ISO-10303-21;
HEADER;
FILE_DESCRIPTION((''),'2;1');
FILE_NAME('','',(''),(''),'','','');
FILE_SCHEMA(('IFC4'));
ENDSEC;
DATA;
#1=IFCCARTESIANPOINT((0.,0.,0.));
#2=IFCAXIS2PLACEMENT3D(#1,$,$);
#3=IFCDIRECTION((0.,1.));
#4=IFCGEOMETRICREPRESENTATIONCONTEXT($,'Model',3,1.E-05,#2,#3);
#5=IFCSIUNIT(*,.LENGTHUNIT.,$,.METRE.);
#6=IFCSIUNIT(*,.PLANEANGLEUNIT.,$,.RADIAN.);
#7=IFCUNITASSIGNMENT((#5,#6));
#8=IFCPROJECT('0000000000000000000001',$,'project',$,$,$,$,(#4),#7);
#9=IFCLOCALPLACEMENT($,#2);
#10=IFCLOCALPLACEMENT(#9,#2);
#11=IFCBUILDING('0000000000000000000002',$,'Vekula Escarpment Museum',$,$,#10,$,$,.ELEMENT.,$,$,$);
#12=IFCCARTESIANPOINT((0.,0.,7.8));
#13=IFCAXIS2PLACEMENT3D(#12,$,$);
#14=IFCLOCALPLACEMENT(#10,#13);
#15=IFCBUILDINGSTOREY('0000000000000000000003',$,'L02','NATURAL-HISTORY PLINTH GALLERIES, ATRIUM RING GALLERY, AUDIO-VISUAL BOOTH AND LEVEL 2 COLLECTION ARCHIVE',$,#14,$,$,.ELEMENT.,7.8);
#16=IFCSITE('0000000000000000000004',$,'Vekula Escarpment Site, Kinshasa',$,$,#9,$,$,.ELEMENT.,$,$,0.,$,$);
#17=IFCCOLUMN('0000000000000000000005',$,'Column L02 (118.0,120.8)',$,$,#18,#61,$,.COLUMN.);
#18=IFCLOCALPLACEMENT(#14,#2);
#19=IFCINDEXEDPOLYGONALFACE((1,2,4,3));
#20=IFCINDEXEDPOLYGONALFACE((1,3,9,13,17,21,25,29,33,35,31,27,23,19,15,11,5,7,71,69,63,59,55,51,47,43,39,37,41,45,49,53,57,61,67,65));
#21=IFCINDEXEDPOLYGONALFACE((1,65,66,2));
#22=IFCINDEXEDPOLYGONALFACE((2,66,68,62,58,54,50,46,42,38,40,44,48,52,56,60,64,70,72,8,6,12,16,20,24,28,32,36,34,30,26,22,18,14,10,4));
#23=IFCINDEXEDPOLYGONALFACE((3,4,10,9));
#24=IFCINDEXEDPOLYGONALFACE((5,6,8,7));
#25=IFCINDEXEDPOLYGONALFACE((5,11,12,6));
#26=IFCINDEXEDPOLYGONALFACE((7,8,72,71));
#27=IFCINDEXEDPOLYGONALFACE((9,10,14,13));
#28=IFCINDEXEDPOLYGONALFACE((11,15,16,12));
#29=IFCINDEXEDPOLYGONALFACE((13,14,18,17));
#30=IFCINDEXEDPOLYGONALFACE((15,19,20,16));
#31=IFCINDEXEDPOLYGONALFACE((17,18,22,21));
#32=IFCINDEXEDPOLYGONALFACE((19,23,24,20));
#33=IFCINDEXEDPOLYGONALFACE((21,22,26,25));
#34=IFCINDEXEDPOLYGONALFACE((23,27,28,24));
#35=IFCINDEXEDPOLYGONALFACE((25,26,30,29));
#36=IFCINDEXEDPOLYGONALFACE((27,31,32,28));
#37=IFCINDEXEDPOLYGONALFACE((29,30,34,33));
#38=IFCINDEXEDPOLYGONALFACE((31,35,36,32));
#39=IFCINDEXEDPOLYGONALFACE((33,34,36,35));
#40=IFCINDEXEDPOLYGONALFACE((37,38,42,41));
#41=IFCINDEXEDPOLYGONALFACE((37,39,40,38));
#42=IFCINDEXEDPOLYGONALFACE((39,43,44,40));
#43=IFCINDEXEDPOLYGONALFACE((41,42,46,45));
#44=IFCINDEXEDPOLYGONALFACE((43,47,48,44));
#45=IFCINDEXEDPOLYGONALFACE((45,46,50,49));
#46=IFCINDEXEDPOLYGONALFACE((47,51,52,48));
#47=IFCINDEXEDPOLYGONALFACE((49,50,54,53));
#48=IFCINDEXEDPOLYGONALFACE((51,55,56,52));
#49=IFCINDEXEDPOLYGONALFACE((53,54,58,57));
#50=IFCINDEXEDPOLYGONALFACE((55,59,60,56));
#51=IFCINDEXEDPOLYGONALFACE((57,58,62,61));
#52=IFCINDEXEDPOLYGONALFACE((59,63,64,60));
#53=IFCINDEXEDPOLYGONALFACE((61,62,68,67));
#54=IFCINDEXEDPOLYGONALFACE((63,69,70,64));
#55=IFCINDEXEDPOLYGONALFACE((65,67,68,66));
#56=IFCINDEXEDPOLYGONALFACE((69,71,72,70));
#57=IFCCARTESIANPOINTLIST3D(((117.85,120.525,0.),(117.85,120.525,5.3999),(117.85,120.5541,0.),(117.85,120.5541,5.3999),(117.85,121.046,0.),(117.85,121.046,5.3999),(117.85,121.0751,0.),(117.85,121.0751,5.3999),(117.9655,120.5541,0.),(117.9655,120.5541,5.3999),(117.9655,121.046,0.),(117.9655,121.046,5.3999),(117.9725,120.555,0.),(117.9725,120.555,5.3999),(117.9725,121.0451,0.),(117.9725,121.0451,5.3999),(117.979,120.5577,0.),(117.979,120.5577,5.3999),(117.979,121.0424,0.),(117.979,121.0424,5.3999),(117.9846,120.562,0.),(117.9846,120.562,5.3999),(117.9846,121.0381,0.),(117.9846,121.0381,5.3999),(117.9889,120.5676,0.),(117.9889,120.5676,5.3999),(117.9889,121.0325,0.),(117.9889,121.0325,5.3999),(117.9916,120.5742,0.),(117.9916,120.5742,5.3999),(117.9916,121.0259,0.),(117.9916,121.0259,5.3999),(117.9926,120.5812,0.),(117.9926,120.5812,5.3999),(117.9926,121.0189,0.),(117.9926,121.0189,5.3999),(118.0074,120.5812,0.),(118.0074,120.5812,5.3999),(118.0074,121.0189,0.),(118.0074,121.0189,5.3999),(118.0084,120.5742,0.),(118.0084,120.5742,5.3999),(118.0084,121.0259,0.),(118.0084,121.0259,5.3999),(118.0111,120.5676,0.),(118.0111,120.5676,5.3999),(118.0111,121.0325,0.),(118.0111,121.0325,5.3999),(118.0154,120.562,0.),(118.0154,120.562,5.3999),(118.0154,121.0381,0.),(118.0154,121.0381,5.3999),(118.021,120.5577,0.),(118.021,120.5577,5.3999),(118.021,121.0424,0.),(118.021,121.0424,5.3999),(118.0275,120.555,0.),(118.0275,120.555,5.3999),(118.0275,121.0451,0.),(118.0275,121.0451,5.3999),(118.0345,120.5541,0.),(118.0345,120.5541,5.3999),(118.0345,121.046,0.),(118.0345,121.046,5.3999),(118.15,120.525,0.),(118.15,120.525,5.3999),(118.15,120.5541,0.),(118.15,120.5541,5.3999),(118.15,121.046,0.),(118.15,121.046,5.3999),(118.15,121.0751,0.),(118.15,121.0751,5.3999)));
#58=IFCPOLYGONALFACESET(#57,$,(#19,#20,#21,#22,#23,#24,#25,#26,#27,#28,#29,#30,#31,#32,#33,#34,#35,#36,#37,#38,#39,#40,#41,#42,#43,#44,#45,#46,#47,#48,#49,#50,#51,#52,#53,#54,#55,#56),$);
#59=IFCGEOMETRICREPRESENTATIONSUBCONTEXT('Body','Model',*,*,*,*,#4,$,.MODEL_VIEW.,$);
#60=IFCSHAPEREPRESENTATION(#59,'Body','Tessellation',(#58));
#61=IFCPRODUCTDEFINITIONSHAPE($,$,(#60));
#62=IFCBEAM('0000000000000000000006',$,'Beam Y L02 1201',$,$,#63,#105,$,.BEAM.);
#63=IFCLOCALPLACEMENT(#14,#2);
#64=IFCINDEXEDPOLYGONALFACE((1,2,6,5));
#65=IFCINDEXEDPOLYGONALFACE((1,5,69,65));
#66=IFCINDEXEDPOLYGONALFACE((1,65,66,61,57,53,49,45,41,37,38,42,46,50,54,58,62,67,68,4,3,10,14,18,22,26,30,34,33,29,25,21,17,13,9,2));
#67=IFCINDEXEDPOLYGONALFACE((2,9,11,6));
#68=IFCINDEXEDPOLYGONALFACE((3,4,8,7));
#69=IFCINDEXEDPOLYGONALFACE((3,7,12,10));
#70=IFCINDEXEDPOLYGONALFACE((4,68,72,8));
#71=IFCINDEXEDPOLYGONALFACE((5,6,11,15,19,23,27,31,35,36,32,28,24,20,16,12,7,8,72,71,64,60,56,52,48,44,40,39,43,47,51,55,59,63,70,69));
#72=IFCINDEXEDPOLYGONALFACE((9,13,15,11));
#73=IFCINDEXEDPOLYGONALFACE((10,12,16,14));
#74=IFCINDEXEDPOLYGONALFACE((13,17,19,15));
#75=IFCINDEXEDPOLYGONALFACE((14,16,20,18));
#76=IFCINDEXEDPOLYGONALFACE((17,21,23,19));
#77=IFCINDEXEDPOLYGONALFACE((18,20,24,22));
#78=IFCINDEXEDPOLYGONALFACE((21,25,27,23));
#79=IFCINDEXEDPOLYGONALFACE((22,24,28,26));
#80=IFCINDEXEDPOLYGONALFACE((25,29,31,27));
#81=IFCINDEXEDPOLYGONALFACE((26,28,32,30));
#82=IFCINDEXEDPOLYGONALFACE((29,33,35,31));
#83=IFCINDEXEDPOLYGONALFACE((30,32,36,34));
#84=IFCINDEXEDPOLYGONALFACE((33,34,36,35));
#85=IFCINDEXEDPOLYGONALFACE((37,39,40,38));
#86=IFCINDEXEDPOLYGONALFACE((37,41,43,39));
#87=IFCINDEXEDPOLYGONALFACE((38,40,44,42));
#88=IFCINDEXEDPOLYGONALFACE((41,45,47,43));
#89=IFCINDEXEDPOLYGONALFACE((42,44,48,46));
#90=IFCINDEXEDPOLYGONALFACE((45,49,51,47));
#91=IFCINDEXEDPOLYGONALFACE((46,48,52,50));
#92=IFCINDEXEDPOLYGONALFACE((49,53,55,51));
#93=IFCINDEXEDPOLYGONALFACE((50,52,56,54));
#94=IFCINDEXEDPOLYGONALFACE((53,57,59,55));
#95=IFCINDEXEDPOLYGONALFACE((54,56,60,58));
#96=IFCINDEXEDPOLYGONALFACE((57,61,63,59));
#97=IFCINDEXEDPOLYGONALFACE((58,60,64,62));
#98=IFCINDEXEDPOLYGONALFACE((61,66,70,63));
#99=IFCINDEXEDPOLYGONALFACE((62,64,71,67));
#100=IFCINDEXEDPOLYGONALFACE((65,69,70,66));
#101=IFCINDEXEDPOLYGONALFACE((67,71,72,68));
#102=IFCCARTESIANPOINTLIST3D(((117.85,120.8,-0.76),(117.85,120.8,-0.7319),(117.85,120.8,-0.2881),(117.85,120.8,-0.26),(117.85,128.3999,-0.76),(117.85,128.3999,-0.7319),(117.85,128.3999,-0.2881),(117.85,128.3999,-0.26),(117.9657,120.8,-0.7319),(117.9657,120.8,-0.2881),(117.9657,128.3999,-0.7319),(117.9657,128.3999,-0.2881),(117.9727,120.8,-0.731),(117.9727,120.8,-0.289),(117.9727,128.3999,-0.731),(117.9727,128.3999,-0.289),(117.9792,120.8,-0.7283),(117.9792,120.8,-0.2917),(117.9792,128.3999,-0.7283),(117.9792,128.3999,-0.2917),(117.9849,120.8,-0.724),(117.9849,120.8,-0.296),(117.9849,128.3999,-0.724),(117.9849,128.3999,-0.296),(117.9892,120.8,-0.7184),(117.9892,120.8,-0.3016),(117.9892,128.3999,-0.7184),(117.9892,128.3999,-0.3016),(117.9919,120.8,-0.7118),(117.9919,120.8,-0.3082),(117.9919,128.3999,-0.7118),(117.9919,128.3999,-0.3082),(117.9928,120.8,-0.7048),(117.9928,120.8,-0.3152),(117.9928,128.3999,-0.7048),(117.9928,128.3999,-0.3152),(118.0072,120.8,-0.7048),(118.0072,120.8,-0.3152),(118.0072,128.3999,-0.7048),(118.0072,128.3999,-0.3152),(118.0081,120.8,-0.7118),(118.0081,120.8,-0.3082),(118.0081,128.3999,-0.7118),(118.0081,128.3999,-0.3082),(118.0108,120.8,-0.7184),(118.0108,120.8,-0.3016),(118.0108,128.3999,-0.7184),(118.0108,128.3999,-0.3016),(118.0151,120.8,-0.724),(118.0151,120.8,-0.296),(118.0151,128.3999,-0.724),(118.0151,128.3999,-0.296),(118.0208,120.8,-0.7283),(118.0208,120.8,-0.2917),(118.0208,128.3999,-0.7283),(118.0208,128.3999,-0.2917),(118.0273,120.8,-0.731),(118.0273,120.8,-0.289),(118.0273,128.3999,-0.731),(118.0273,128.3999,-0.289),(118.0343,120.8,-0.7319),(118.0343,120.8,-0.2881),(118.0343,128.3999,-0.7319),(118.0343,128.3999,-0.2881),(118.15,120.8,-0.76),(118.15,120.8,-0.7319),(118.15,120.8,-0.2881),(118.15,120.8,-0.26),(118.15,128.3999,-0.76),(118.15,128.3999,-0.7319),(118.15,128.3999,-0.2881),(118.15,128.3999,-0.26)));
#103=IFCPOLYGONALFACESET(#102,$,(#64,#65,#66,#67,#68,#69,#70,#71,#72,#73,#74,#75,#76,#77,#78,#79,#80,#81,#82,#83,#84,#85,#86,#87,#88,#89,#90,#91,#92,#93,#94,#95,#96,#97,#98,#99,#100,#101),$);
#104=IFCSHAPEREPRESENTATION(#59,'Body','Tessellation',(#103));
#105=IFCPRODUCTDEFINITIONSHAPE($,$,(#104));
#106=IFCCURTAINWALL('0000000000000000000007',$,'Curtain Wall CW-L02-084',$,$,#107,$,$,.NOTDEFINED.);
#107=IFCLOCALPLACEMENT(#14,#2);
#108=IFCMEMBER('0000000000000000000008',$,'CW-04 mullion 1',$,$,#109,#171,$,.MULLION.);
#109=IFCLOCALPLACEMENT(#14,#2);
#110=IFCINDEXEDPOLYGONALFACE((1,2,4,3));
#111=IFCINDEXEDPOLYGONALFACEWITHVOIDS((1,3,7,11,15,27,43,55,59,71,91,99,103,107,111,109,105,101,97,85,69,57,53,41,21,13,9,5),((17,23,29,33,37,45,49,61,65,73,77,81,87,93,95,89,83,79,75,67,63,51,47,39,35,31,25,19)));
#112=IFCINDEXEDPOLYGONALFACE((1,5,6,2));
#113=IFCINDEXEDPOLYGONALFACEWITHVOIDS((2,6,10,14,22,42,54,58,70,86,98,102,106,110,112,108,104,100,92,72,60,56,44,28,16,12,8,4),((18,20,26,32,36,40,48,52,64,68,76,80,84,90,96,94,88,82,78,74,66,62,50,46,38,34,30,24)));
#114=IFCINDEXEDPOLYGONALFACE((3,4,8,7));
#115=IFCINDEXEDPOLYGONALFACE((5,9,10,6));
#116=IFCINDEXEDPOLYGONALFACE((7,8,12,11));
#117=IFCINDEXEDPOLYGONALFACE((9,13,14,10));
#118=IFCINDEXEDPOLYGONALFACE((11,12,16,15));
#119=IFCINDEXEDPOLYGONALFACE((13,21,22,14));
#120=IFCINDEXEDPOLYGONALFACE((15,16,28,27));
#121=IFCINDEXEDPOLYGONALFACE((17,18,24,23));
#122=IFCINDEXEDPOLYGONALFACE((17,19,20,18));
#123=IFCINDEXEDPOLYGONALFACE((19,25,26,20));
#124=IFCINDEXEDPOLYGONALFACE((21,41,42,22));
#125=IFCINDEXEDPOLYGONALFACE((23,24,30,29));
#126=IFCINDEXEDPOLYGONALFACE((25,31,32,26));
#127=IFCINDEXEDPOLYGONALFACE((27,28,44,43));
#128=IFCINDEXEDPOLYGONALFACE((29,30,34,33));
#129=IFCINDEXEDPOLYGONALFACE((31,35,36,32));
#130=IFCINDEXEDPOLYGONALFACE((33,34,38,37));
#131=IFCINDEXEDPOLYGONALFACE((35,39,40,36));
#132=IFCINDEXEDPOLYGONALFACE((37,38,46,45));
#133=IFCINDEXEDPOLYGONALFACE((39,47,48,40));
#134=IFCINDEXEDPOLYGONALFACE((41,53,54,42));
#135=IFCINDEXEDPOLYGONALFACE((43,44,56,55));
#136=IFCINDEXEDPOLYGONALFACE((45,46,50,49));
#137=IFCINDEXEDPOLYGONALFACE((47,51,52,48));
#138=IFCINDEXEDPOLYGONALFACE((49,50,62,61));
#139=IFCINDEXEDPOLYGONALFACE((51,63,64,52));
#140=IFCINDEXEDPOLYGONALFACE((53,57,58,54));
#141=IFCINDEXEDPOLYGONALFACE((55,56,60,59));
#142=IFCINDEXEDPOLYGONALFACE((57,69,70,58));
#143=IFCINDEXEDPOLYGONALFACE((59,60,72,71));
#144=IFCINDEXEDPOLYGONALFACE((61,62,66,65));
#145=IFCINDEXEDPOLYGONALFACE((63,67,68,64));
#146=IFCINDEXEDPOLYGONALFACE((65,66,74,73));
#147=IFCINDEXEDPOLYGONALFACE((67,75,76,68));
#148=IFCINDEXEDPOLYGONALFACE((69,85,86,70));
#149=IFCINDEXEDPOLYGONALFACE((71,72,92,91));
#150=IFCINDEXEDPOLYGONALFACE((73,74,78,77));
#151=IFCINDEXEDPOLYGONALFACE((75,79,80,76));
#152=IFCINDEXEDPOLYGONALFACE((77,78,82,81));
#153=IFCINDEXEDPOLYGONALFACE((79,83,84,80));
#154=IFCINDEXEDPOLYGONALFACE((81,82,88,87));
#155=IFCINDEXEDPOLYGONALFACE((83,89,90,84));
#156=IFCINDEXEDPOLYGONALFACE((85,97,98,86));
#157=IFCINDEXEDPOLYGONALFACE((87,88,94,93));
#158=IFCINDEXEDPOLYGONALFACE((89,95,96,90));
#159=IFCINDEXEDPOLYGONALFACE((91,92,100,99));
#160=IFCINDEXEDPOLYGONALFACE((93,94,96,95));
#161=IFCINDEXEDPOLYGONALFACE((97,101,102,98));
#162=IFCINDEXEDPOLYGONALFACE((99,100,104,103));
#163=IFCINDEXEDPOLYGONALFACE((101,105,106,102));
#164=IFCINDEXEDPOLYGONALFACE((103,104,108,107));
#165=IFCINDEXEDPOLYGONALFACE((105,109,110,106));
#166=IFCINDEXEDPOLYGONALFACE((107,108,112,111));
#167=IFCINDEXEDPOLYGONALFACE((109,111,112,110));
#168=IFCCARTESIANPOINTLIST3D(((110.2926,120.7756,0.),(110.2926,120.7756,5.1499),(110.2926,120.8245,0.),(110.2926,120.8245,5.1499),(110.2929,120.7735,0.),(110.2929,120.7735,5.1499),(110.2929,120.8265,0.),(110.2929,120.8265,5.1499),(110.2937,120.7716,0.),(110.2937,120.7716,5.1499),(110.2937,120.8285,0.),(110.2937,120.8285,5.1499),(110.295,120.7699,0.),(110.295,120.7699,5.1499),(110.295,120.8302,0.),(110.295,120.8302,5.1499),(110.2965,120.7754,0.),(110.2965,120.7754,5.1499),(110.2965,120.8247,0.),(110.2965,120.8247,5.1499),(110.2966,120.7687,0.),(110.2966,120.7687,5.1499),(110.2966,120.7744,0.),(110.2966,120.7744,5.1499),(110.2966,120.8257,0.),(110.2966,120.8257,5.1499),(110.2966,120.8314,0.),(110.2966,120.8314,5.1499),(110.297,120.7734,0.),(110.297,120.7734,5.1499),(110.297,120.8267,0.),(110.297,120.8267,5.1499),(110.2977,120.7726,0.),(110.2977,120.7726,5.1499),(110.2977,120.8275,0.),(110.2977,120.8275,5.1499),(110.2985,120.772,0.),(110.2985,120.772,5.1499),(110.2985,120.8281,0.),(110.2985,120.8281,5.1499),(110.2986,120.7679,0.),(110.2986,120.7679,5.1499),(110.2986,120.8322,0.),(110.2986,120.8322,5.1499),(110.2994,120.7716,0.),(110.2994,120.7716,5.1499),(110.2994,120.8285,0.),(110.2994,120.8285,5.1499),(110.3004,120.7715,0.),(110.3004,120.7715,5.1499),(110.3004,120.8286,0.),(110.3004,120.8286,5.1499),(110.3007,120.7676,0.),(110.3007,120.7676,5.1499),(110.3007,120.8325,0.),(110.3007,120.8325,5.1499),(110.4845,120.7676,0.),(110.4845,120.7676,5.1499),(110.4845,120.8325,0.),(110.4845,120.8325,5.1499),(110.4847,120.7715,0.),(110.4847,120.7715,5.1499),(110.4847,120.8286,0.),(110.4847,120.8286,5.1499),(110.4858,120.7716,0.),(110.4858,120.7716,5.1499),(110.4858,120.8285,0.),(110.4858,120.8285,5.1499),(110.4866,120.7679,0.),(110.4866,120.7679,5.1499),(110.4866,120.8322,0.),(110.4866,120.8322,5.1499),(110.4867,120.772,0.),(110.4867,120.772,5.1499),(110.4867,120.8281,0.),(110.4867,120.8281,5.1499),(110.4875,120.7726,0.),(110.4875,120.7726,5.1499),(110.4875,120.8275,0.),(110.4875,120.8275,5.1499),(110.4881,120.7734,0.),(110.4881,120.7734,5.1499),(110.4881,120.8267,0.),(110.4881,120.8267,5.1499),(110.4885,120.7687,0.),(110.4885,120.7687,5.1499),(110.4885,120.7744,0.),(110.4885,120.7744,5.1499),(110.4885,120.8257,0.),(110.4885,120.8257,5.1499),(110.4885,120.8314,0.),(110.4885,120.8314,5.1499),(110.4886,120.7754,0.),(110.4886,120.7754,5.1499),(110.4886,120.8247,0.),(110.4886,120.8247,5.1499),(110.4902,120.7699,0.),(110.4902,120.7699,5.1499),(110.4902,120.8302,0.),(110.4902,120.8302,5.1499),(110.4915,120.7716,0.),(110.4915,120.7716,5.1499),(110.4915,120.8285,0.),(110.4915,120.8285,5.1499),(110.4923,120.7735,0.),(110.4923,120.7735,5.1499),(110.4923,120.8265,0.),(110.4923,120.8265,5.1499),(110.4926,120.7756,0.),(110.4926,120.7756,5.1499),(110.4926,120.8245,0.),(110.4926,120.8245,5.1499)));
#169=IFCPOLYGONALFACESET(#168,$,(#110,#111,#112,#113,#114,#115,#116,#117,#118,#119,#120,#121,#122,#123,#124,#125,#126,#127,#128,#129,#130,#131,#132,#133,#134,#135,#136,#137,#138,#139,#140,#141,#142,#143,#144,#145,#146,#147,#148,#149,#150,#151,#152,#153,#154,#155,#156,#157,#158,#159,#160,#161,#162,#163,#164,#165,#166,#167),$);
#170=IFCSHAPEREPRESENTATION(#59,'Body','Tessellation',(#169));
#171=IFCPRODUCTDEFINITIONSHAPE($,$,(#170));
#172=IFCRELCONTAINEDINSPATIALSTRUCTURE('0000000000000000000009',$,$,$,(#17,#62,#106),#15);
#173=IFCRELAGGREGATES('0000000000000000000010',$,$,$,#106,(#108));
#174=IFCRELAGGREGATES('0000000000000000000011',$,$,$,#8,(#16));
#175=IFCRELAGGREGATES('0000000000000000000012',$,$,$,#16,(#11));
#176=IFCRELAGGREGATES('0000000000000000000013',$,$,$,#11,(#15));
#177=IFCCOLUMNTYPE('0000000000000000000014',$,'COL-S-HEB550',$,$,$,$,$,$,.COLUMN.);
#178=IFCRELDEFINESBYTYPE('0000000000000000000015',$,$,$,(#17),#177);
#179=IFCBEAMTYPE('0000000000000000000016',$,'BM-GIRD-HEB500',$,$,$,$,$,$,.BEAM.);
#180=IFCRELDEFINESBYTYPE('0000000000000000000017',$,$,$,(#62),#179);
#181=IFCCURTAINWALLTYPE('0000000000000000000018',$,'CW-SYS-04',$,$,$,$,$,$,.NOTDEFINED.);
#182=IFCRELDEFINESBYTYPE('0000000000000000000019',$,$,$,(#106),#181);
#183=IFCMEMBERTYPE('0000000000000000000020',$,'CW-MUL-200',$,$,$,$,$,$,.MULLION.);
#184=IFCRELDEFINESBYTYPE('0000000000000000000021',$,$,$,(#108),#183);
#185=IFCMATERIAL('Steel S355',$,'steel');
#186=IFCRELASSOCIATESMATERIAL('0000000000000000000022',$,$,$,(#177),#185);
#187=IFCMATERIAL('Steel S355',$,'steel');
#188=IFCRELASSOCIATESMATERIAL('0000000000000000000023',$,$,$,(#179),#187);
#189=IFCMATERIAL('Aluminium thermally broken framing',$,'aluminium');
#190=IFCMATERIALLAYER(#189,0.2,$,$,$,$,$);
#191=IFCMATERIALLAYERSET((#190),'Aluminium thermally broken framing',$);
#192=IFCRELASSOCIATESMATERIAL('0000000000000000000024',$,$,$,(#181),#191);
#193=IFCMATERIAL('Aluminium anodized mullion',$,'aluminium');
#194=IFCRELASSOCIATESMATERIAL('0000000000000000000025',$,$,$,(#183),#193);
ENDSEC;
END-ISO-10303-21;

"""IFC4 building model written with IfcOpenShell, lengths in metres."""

from ifc_helpers import new_model, si_unit, direction, frame, origin, origin_2d, place, context, subcontext, project, spatial, hollow_rectangle, i_section, extrude, material, layer, layer_set, material_profile, profile_set, type_object, element, aggregate, save


model = new_model("IFC4")

# Units and contexts
model_context = context("Model", 3, precision=1e-05, world=origin(), true_north=direction((0.0, 1.0)))
body_context = subcontext(model_context, "Body", "Model", "MODEL_VIEW")
ifc_project = project(units=[si_unit("LENGTHUNIT", "METRE"), si_unit("PLANEANGLEUNIT", "RADIAN")], contexts=[model_context])

# Site, building, storey
site_placement = place(None, origin())
site = spatial("IfcSite", under=ifc_project, at=site_placement, Name="Vekula Escarpment Site, Kinshasa", CompositionType="ELEMENT", RefElevation=0.0)
building_placement = place(site_placement, origin())
building = spatial("IfcBuilding", under=site, at=building_placement, Name="Vekula Escarpment Museum", CompositionType="ELEMENT")
storey_placement = place(building_placement, frame((0.0, 0.0, 7.8)))
storey = spatial("IfcBuildingStorey", under=building, at=storey_placement, Name="L02", Description="NATURAL-HISTORY PLINTH GALLERIES, ATRIUM RING GALLERY, AUDIO-VISUAL BOOTH AND LEVEL 2 COLLECTION ARCHIVE", CompositionType="ELEMENT", Elevation=7.8)

# Column
ifc_material_1 = material(Name="Steel S355", Category="steel")
ifc_material_profile_1 = material_profile(ifc_material_1, i_section(OverallWidth=0.3, OverallDepth=0.55, WebThickness=0.0149, FlangeThickness=0.0291, FilletRadius=0.0271, at=origin_2d()), Name="HEB 550")
ifc_profile_set_1 = profile_set([ifc_material_profile_1], Name="Steel S355")
column_type = type_object("IfcColumnType", Name="COL-S-HEB550", PredefinedType="COLUMN", material=ifc_profile_set_1)
column_placement = place(storey_placement, frame((118.0, 120.8, 0.0), z_axis=(0.0, 0.0, 1.0), x_axis=(1.0, 0.0, 0.0)))
element("IfcColumn", 1, at=column_placement, inside=storey, type_object=column_type, Name="Column L02 (118.0,120.8)", PredefinedType="COLUMN", context=body_context, shape_type="SweptSolid", body=[
    extrude(i_section(OverallWidth=0.3, OverallDepth=0.55, WebThickness=0.0149, FlangeThickness=0.0291, FilletRadius=0.0271, at=origin_2d()), origin(), (0.0, 0.0, 1.0), 5.3999),
])

# Beam
ifc_material_2 = material(Name="Steel S355", Category="steel")
ifc_material_profile_2 = material_profile(ifc_material_2, i_section(OverallWidth=0.3, OverallDepth=0.5, WebThickness=0.0144, FlangeThickness=0.0281, FilletRadius=0.0271, at=origin_2d()), Name="HEB 500")
ifc_profile_set_2 = profile_set([ifc_material_profile_2], Name="Steel S355")
beam_type = type_object("IfcBeamType", Name="BM-GIRD-HEB500", PredefinedType="BEAM", material=ifc_profile_set_2)
beam_placement = place(storey_placement, frame((118.0, 120.8, -0.51), z_axis=(0.0, 1.0, 0.0), x_axis=(-1.0, 0.0, 0.0)))
element("IfcBeam", 2, at=beam_placement, inside=storey, type_object=beam_type, Name="Beam Y L02 1201", PredefinedType="BEAM", context=body_context, shape_type="SweptSolid", body=[
    extrude(i_section(OverallWidth=0.3, OverallDepth=0.5, WebThickness=0.0144, FlangeThickness=0.0281, FilletRadius=0.0271, at=origin_2d()), origin(), (0.0, 0.0, 1.0), 7.5999),
])

# Curtain wall, member
ifc_material_3 = material(Name="Aluminium thermally broken framing", Category="aluminium")
ifc_layer_1 = layer(ifc_material_3, 0.2)
ifc_layer_set_1 = layer_set([ifc_layer_1], Name="Aluminium thermally broken framing")
curtain_wall_type = type_object("IfcCurtainWallType", Name="CW-SYS-04", PredefinedType="NOTDEFINED", material=ifc_layer_set_1)
curtain_wall_placement = place(storey_placement, origin())
curtain_wall = element("IfcCurtainWall", 3, at=curtain_wall_placement, inside=storey, type_object=curtain_wall_type, Name="Curtain Wall CW-L02-084", PredefinedType="NOTDEFINED")
ifc_material_4 = material(Name="Aluminium anodized mullion", Category="aluminium")
ifc_material_profile_3 = material_profile(ifc_material_4, hollow_rectangle(XDim=0.0649, YDim=0.2, WallThickness=0.0039, InnerFilletRadius=0.0039, OuterFilletRadius=0.0081, at=origin_2d()), Name="ALU 200x65x4")
ifc_profile_set_3 = profile_set([ifc_material_profile_3], Name="Aluminium anodized mullion")
member_type_1 = type_object("IfcMemberType", Name="CW-MUL-200", PredefinedType="MULLION", material=ifc_profile_set_3)
member_1_placement = place(storey_placement, frame((110.3926, 120.8, 0.0), z_axis=(0.0, 0.0, 1.0), x_axis=(0.0, 1.0, 0.0)))
member_1 = element("IfcMember", 4, at=member_1_placement, type_object=member_type_1, Name="CW-04 mullion 1", PredefinedType="MULLION", context=body_context, shape_type="SweptSolid", body=[
    extrude(hollow_rectangle(XDim=0.0649, YDim=0.2, WallThickness=0.0039, InnerFilletRadius=0.0039, OuterFilletRadius=0.0081, at=origin_2d()), origin(), (0.0, 0.0, 1.0), 5.1499),
])

aggregate(curtain_wall, [member_1])

save(model, "model.ifc")
